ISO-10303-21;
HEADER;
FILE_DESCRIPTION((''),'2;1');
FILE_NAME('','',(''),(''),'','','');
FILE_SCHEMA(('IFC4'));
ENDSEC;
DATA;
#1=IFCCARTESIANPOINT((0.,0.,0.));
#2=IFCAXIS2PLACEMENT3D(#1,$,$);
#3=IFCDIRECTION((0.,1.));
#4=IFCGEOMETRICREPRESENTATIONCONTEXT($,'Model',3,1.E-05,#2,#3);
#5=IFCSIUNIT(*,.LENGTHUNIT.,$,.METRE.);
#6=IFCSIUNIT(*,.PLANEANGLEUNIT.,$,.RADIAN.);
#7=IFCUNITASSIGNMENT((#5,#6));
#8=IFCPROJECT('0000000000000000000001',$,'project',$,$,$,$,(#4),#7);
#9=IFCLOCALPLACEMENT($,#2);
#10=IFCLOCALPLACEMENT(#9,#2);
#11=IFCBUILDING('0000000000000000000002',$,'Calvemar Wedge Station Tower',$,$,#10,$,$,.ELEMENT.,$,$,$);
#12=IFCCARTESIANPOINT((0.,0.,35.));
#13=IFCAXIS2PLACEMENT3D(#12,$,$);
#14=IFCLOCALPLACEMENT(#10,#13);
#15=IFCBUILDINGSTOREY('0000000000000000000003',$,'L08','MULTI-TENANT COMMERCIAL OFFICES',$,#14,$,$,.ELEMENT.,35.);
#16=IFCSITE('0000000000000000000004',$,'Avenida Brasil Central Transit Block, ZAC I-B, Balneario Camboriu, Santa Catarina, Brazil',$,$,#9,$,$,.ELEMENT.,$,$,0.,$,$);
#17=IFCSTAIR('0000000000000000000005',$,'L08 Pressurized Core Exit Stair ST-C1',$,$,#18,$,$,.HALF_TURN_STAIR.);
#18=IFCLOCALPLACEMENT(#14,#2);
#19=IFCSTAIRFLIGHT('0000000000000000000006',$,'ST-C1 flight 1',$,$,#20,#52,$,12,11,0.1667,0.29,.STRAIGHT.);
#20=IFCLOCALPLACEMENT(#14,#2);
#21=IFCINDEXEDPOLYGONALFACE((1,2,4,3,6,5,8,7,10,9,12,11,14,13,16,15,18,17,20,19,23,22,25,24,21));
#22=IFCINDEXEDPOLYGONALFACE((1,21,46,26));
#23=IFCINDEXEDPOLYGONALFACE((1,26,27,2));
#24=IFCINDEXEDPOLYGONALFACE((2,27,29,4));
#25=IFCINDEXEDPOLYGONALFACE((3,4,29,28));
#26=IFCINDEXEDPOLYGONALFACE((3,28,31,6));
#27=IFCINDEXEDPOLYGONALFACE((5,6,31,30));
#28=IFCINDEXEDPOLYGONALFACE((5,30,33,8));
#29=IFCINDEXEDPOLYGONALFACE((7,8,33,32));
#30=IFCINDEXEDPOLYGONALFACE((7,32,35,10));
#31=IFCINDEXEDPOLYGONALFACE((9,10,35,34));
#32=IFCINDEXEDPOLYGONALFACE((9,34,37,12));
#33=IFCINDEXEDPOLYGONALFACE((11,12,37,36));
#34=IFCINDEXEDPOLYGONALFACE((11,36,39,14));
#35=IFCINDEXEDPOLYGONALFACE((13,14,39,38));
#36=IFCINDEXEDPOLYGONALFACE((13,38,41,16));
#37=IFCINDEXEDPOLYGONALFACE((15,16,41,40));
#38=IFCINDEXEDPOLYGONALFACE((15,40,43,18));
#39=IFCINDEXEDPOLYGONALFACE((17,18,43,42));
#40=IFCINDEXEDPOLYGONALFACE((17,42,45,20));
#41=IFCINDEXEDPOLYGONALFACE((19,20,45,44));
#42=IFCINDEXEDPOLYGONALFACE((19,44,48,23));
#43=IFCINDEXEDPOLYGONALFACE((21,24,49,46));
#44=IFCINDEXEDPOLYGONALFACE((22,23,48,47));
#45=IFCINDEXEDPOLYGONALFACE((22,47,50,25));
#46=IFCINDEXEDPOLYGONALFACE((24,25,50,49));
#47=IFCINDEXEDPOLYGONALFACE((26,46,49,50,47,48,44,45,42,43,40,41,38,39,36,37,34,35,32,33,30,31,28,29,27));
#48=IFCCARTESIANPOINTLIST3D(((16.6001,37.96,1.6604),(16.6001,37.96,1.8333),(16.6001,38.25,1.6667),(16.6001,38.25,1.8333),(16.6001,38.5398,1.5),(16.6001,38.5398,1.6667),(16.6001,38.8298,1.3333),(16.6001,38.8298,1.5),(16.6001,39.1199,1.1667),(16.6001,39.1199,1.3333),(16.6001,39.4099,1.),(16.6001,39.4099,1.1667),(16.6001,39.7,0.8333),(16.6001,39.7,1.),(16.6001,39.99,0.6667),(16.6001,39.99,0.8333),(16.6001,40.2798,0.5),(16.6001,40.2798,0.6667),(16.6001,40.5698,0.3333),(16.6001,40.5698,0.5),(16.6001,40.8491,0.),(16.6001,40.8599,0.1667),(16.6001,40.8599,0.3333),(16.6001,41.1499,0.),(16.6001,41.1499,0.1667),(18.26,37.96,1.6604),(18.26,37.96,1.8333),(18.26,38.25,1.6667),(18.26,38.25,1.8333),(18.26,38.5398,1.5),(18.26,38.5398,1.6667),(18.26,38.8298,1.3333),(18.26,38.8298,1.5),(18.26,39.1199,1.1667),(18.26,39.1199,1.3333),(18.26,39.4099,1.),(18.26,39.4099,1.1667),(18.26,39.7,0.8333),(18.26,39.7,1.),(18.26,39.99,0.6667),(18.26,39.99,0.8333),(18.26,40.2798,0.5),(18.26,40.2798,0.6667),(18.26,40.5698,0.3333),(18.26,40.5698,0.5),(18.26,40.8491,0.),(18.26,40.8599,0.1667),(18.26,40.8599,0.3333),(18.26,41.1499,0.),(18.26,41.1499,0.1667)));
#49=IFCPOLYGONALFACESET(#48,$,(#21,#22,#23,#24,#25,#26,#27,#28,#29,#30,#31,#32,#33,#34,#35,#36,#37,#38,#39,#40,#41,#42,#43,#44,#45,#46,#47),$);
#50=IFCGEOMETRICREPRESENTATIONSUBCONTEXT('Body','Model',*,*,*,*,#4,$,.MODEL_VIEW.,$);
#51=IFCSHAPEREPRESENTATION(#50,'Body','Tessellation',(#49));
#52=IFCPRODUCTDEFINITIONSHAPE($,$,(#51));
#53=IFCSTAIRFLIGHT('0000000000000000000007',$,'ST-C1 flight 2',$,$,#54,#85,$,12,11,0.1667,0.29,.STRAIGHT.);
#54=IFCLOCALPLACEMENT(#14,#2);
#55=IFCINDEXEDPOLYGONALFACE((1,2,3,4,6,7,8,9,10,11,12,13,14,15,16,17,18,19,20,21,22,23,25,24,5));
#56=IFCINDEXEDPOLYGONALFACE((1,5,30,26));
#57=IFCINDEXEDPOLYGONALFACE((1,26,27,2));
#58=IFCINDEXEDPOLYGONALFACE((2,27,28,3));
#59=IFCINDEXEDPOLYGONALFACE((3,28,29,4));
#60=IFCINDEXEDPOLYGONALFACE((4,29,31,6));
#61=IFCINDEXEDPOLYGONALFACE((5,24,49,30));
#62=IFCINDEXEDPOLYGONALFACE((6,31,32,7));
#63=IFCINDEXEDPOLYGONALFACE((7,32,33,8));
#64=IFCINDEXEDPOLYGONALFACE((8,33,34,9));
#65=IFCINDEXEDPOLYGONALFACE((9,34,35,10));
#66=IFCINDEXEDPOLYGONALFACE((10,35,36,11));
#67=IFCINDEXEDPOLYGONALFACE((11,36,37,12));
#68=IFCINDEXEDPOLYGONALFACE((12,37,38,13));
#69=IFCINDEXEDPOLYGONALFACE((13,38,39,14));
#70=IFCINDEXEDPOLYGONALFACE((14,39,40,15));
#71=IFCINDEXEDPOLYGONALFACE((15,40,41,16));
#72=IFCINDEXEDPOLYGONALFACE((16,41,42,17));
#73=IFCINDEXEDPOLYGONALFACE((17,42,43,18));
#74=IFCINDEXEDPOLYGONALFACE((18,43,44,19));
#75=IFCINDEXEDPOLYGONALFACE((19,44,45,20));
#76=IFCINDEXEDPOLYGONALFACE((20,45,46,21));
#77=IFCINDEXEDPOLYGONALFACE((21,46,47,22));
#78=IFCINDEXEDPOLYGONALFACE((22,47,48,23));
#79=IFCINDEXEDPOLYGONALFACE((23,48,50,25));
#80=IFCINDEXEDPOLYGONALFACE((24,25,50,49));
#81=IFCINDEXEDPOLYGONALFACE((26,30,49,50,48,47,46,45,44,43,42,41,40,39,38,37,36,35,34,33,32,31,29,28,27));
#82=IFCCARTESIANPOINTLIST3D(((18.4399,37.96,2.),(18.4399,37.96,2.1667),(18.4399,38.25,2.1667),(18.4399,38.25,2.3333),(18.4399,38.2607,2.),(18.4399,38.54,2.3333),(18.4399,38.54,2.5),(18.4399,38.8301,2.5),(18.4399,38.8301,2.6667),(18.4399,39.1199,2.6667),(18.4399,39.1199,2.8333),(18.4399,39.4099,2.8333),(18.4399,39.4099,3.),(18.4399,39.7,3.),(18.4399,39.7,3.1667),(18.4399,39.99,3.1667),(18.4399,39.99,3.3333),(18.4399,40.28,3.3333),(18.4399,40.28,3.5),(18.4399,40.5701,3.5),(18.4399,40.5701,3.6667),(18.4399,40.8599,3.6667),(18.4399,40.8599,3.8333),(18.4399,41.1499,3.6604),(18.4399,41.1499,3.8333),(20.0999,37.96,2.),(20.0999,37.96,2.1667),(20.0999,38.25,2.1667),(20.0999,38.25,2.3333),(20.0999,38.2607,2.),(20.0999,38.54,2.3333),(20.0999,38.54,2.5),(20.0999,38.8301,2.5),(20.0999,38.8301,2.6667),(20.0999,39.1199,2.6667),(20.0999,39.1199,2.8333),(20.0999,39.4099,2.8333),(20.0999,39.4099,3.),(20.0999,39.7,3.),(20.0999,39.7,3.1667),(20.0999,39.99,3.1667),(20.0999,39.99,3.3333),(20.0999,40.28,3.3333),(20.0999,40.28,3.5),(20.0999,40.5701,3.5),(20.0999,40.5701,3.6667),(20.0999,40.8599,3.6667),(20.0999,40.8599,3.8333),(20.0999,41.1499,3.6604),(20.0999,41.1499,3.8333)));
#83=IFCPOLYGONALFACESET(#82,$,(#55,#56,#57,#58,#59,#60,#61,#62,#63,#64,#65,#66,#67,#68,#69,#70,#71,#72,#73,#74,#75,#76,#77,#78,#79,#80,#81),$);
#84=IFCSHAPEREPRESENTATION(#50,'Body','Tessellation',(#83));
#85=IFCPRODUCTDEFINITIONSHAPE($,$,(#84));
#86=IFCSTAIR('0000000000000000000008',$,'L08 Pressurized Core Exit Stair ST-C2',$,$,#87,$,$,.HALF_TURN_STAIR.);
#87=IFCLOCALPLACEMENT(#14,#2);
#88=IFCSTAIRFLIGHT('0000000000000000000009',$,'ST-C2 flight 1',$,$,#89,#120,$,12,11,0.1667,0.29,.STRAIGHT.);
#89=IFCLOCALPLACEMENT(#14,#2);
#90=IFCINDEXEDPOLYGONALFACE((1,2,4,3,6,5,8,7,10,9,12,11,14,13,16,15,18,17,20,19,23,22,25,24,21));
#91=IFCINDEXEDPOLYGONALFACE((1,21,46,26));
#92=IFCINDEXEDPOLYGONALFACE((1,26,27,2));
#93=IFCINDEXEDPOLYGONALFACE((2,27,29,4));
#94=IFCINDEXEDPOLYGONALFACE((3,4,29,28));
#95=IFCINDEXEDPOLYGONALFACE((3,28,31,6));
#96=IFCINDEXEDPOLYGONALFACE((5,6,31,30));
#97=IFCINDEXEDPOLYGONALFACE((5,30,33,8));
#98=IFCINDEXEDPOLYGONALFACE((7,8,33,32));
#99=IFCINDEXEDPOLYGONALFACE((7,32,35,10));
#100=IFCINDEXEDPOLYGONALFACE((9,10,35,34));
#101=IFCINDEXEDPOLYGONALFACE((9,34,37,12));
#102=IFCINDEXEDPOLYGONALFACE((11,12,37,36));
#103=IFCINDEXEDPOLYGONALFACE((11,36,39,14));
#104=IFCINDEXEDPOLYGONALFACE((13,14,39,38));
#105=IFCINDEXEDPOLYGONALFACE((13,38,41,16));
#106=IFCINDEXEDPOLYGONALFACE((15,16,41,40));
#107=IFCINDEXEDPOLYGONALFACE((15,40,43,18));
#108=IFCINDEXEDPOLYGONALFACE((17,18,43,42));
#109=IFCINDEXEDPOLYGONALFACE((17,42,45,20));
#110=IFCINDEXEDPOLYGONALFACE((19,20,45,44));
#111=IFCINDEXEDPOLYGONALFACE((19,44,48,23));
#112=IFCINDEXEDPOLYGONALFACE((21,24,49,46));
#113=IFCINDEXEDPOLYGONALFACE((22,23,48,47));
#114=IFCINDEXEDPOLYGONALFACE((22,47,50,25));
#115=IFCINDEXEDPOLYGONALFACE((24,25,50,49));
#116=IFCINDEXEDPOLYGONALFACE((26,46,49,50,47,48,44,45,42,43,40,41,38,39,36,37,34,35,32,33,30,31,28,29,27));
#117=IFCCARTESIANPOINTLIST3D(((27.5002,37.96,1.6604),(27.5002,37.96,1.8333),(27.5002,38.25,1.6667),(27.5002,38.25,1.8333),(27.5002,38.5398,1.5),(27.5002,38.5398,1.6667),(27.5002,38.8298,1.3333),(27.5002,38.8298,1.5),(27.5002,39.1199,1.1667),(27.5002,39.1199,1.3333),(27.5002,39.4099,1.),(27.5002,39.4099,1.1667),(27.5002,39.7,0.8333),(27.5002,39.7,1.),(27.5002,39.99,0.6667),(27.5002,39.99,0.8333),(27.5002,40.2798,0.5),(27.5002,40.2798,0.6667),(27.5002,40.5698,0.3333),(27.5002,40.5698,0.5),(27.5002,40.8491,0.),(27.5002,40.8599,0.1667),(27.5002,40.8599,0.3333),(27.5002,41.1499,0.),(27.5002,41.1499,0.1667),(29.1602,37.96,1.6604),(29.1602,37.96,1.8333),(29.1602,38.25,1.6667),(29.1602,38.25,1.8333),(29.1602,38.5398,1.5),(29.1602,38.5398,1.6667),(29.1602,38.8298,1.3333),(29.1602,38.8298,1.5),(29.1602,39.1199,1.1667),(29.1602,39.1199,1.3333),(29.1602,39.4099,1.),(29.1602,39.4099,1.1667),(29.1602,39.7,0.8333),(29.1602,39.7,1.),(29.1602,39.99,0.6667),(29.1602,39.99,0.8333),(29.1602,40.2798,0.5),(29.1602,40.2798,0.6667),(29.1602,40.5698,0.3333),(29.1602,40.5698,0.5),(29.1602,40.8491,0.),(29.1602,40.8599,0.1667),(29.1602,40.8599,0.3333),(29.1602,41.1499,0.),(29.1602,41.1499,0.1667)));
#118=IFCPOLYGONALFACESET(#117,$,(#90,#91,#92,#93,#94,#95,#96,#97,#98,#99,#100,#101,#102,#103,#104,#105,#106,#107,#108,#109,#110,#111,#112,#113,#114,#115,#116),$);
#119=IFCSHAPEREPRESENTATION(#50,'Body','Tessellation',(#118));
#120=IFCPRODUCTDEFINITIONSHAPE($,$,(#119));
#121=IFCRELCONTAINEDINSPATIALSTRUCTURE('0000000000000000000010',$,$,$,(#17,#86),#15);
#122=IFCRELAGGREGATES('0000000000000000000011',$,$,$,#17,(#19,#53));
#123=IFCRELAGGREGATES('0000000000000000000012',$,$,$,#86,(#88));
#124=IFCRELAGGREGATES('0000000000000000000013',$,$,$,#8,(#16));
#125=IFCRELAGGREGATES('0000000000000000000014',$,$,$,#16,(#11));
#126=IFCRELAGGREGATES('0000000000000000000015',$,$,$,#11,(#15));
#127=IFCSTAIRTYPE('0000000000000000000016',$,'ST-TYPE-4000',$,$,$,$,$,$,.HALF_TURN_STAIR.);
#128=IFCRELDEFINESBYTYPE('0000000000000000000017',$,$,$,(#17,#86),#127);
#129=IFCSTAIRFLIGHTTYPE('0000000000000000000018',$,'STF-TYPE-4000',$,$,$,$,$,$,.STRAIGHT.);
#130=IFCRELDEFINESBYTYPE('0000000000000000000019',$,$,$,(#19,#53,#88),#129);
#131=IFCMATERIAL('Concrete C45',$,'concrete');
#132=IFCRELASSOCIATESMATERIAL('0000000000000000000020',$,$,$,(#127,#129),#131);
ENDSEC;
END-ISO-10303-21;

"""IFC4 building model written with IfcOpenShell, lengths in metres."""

from ifc_helpers import new_model, si_unit, direction, frame, origin, place, context, subcontext, project, spatial, polyline, outline, extrude, material, type_object, element, aggregate, save


model = new_model("IFC4")

# Units and contexts
model_context = context("Model", 3, precision=1e-05, world=origin(), true_north=direction((0.0, 1.0)))
body_context = subcontext(model_context, "Body", "Model", "MODEL_VIEW")
ifc_project = project(units=[si_unit("LENGTHUNIT", "METRE"), si_unit("PLANEANGLEUNIT", "RADIAN")], contexts=[model_context])

# Site, building, storey
site_placement = place(None, origin())
site = spatial("IfcSite", under=ifc_project, at=site_placement, Name="Avenida Brasil Central Transit Block, ZAC I-B, Balneario Camboriu, Santa Catarina, Brazil", CompositionType="ELEMENT", RefElevation=0.0)
building_placement = place(site_placement, origin())
building = spatial("IfcBuilding", under=site, at=building_placement, Name="Calvemar Wedge Station Tower", CompositionType="ELEMENT")
storey_placement = place(building_placement, frame((0.0, 0.0, 35.0)))
storey = spatial("IfcBuildingStorey", under=building, at=storey_placement, Name="L08", Description="MULTI-TENANT COMMERCIAL OFFICES", CompositionType="ELEMENT", Elevation=35.0)

# Stair, stair flights
ifc_material_1 = material(Name="Concrete C45", Category="concrete")
stair_type = type_object("IfcStairType", Name="ST-TYPE-4000", PredefinedType="HALF_TURN_STAIR", material=ifc_material_1)
stair_1_placement = place(storey_placement, origin())
stair_1 = element("IfcStair", 1, at=stair_1_placement, inside=storey, type_object=stair_type, Name="L08 Pressurized Core Exit Stair ST-C1", PredefinedType="HALF_TURN_STAIR")
stair_flight_type = type_object("IfcStairFlightType", Name="STF-TYPE-4000", PredefinedType="STRAIGHT", material=ifc_material_1)
stair_flight_1_placement = place(storey_placement, frame((17.4299, 41.1499, 0.0), z_axis=(0.0, 0.0, 1.0), x_axis=(0.0, -1.0, 0.0)))
stair_flight_1 = element("IfcStairFlight", 2, at=stair_flight_1_placement, type_object=stair_flight_type, Name="ST-C1 flight 1", NumberOfRisers=12, NumberOfTreads=11, PredefinedType="STRAIGHT", RiserHeight=0.1667, TreadLength=0.29, context=body_context, shape_type="SweptSolid", body=[
    extrude(outline(polyline([(0.0, 0.0), (0.0, 0.1667), (0.29, 0.1667), (0.29, 0.3333), (0.5801, 0.3333), (0.5801, 0.5), (0.8701, 0.5), (0.8701, 0.6667), (1.1599, 0.6667), (1.1599, 0.8333), (1.45, 0.8333), (1.45, 1.0), (1.74, 1.0), (1.74, 1.1667), (2.03, 1.1667), (2.03, 1.3333), (2.3201, 1.3333), (2.3201, 1.5), (2.6101, 1.5), (2.6101, 1.6667), (2.8999, 1.6667), (2.8999, 1.8333), (3.1899, 1.8333), (3.1899, 2.0), (3.1899, 1.6604), (0.3008, 0.0), (0.0, 0.0)])), frame((0.0, 0.8301, 0.0), z_axis=(0.0, -1.0, 0.0), x_axis=(1.0, 0.0, 0.0)), (0.0, 0.0, 1.0), 1.6599),
])
stair_flight_2_placement = place(storey_placement, frame((19.27, 37.96, 2.0), z_axis=(0.0, 0.0, 1.0), x_axis=(0.0, 1.0, 0.0)))
stair_flight_2 = element("IfcStairFlight", 3, at=stair_flight_2_placement, type_object=stair_flight_type, Name="ST-C1 flight 2", NumberOfRisers=12, NumberOfTreads=11, PredefinedType="STRAIGHT", RiserHeight=0.1667, TreadLength=0.29, context=body_context, shape_type="SweptSolid", body=[
    extrude(outline(polyline([(0.0, 0.0), (0.0, 0.1667), (0.29, 0.1667), (0.29, 0.3333), (0.5801, 0.3333), (0.5801, 0.5), (0.8701, 0.5), (0.8701, 0.6667), (1.1599, 0.6667), (1.1599, 0.8333), (1.45, 0.8333), (1.45, 1.0), (1.74, 1.0), (1.74, 1.1667), (2.03, 1.1667), (2.03, 1.3333), (2.3201, 1.3333), (2.3201, 1.5), (2.6101, 1.5), (2.6101, 1.6667), (2.8999, 1.6667), (2.8999, 1.8333), (3.1899, 1.8333), (3.1899, 2.0), (3.1899, 1.6604), (0.3008, 0.0), (0.0, 0.0)])), frame((0.0, 0.8301, 0.0), z_axis=(0.0, -1.0, 0.0), x_axis=(1.0, 0.0, 0.0)), (0.0, 0.0, 1.0), 1.6599),
])
aggregate(stair_1, [stair_flight_1, stair_flight_2])

# Stair, stair flight
stair_2_placement = place(storey_placement, origin())
stair_2 = element("IfcStair", 4, at=stair_2_placement, inside=storey, type_object=stair_type, Name="L08 Pressurized Core Exit Stair ST-C2", PredefinedType="HALF_TURN_STAIR")
stair_flight_3_placement = place(storey_placement, frame((28.3301, 41.1499, 0.0), z_axis=(0.0, 0.0, 1.0), x_axis=(0.0, -1.0, 0.0)))
stair_flight_3 = element("IfcStairFlight", 5, at=stair_flight_3_placement, type_object=stair_flight_type, Name="ST-C2 flight 1", NumberOfRisers=12, NumberOfTreads=11, PredefinedType="STRAIGHT", RiserHeight=0.1667, TreadLength=0.29, context=body_context, shape_type="SweptSolid", body=[
    extrude(outline(polyline([(0.0, 0.0), (0.0, 0.1667), (0.29, 0.1667), (0.29, 0.3333), (0.5801, 0.3333), (0.5801, 0.5), (0.8701, 0.5), (0.8701, 0.6667), (1.1599, 0.6667), (1.1599, 0.8333), (1.45, 0.8333), (1.45, 1.0), (1.74, 1.0), (1.74, 1.1667), (2.03, 1.1667), (2.03, 1.3333), (2.3201, 1.3333), (2.3201, 1.5), (2.6101, 1.5), (2.6101, 1.6667), (2.8999, 1.6667), (2.8999, 1.8333), (3.1899, 1.8333), (3.1899, 2.0), (3.1899, 1.6604), (0.3008, 0.0), (0.0, 0.0)])), frame((0.0, 0.8301, 0.0), z_axis=(0.0, -1.0, 0.0), x_axis=(1.0, 0.0, 0.0)), (0.0, 0.0, 1.0), 1.6599),
])
aggregate(stair_2, [stair_flight_3])

save(model, "model.ifc")
